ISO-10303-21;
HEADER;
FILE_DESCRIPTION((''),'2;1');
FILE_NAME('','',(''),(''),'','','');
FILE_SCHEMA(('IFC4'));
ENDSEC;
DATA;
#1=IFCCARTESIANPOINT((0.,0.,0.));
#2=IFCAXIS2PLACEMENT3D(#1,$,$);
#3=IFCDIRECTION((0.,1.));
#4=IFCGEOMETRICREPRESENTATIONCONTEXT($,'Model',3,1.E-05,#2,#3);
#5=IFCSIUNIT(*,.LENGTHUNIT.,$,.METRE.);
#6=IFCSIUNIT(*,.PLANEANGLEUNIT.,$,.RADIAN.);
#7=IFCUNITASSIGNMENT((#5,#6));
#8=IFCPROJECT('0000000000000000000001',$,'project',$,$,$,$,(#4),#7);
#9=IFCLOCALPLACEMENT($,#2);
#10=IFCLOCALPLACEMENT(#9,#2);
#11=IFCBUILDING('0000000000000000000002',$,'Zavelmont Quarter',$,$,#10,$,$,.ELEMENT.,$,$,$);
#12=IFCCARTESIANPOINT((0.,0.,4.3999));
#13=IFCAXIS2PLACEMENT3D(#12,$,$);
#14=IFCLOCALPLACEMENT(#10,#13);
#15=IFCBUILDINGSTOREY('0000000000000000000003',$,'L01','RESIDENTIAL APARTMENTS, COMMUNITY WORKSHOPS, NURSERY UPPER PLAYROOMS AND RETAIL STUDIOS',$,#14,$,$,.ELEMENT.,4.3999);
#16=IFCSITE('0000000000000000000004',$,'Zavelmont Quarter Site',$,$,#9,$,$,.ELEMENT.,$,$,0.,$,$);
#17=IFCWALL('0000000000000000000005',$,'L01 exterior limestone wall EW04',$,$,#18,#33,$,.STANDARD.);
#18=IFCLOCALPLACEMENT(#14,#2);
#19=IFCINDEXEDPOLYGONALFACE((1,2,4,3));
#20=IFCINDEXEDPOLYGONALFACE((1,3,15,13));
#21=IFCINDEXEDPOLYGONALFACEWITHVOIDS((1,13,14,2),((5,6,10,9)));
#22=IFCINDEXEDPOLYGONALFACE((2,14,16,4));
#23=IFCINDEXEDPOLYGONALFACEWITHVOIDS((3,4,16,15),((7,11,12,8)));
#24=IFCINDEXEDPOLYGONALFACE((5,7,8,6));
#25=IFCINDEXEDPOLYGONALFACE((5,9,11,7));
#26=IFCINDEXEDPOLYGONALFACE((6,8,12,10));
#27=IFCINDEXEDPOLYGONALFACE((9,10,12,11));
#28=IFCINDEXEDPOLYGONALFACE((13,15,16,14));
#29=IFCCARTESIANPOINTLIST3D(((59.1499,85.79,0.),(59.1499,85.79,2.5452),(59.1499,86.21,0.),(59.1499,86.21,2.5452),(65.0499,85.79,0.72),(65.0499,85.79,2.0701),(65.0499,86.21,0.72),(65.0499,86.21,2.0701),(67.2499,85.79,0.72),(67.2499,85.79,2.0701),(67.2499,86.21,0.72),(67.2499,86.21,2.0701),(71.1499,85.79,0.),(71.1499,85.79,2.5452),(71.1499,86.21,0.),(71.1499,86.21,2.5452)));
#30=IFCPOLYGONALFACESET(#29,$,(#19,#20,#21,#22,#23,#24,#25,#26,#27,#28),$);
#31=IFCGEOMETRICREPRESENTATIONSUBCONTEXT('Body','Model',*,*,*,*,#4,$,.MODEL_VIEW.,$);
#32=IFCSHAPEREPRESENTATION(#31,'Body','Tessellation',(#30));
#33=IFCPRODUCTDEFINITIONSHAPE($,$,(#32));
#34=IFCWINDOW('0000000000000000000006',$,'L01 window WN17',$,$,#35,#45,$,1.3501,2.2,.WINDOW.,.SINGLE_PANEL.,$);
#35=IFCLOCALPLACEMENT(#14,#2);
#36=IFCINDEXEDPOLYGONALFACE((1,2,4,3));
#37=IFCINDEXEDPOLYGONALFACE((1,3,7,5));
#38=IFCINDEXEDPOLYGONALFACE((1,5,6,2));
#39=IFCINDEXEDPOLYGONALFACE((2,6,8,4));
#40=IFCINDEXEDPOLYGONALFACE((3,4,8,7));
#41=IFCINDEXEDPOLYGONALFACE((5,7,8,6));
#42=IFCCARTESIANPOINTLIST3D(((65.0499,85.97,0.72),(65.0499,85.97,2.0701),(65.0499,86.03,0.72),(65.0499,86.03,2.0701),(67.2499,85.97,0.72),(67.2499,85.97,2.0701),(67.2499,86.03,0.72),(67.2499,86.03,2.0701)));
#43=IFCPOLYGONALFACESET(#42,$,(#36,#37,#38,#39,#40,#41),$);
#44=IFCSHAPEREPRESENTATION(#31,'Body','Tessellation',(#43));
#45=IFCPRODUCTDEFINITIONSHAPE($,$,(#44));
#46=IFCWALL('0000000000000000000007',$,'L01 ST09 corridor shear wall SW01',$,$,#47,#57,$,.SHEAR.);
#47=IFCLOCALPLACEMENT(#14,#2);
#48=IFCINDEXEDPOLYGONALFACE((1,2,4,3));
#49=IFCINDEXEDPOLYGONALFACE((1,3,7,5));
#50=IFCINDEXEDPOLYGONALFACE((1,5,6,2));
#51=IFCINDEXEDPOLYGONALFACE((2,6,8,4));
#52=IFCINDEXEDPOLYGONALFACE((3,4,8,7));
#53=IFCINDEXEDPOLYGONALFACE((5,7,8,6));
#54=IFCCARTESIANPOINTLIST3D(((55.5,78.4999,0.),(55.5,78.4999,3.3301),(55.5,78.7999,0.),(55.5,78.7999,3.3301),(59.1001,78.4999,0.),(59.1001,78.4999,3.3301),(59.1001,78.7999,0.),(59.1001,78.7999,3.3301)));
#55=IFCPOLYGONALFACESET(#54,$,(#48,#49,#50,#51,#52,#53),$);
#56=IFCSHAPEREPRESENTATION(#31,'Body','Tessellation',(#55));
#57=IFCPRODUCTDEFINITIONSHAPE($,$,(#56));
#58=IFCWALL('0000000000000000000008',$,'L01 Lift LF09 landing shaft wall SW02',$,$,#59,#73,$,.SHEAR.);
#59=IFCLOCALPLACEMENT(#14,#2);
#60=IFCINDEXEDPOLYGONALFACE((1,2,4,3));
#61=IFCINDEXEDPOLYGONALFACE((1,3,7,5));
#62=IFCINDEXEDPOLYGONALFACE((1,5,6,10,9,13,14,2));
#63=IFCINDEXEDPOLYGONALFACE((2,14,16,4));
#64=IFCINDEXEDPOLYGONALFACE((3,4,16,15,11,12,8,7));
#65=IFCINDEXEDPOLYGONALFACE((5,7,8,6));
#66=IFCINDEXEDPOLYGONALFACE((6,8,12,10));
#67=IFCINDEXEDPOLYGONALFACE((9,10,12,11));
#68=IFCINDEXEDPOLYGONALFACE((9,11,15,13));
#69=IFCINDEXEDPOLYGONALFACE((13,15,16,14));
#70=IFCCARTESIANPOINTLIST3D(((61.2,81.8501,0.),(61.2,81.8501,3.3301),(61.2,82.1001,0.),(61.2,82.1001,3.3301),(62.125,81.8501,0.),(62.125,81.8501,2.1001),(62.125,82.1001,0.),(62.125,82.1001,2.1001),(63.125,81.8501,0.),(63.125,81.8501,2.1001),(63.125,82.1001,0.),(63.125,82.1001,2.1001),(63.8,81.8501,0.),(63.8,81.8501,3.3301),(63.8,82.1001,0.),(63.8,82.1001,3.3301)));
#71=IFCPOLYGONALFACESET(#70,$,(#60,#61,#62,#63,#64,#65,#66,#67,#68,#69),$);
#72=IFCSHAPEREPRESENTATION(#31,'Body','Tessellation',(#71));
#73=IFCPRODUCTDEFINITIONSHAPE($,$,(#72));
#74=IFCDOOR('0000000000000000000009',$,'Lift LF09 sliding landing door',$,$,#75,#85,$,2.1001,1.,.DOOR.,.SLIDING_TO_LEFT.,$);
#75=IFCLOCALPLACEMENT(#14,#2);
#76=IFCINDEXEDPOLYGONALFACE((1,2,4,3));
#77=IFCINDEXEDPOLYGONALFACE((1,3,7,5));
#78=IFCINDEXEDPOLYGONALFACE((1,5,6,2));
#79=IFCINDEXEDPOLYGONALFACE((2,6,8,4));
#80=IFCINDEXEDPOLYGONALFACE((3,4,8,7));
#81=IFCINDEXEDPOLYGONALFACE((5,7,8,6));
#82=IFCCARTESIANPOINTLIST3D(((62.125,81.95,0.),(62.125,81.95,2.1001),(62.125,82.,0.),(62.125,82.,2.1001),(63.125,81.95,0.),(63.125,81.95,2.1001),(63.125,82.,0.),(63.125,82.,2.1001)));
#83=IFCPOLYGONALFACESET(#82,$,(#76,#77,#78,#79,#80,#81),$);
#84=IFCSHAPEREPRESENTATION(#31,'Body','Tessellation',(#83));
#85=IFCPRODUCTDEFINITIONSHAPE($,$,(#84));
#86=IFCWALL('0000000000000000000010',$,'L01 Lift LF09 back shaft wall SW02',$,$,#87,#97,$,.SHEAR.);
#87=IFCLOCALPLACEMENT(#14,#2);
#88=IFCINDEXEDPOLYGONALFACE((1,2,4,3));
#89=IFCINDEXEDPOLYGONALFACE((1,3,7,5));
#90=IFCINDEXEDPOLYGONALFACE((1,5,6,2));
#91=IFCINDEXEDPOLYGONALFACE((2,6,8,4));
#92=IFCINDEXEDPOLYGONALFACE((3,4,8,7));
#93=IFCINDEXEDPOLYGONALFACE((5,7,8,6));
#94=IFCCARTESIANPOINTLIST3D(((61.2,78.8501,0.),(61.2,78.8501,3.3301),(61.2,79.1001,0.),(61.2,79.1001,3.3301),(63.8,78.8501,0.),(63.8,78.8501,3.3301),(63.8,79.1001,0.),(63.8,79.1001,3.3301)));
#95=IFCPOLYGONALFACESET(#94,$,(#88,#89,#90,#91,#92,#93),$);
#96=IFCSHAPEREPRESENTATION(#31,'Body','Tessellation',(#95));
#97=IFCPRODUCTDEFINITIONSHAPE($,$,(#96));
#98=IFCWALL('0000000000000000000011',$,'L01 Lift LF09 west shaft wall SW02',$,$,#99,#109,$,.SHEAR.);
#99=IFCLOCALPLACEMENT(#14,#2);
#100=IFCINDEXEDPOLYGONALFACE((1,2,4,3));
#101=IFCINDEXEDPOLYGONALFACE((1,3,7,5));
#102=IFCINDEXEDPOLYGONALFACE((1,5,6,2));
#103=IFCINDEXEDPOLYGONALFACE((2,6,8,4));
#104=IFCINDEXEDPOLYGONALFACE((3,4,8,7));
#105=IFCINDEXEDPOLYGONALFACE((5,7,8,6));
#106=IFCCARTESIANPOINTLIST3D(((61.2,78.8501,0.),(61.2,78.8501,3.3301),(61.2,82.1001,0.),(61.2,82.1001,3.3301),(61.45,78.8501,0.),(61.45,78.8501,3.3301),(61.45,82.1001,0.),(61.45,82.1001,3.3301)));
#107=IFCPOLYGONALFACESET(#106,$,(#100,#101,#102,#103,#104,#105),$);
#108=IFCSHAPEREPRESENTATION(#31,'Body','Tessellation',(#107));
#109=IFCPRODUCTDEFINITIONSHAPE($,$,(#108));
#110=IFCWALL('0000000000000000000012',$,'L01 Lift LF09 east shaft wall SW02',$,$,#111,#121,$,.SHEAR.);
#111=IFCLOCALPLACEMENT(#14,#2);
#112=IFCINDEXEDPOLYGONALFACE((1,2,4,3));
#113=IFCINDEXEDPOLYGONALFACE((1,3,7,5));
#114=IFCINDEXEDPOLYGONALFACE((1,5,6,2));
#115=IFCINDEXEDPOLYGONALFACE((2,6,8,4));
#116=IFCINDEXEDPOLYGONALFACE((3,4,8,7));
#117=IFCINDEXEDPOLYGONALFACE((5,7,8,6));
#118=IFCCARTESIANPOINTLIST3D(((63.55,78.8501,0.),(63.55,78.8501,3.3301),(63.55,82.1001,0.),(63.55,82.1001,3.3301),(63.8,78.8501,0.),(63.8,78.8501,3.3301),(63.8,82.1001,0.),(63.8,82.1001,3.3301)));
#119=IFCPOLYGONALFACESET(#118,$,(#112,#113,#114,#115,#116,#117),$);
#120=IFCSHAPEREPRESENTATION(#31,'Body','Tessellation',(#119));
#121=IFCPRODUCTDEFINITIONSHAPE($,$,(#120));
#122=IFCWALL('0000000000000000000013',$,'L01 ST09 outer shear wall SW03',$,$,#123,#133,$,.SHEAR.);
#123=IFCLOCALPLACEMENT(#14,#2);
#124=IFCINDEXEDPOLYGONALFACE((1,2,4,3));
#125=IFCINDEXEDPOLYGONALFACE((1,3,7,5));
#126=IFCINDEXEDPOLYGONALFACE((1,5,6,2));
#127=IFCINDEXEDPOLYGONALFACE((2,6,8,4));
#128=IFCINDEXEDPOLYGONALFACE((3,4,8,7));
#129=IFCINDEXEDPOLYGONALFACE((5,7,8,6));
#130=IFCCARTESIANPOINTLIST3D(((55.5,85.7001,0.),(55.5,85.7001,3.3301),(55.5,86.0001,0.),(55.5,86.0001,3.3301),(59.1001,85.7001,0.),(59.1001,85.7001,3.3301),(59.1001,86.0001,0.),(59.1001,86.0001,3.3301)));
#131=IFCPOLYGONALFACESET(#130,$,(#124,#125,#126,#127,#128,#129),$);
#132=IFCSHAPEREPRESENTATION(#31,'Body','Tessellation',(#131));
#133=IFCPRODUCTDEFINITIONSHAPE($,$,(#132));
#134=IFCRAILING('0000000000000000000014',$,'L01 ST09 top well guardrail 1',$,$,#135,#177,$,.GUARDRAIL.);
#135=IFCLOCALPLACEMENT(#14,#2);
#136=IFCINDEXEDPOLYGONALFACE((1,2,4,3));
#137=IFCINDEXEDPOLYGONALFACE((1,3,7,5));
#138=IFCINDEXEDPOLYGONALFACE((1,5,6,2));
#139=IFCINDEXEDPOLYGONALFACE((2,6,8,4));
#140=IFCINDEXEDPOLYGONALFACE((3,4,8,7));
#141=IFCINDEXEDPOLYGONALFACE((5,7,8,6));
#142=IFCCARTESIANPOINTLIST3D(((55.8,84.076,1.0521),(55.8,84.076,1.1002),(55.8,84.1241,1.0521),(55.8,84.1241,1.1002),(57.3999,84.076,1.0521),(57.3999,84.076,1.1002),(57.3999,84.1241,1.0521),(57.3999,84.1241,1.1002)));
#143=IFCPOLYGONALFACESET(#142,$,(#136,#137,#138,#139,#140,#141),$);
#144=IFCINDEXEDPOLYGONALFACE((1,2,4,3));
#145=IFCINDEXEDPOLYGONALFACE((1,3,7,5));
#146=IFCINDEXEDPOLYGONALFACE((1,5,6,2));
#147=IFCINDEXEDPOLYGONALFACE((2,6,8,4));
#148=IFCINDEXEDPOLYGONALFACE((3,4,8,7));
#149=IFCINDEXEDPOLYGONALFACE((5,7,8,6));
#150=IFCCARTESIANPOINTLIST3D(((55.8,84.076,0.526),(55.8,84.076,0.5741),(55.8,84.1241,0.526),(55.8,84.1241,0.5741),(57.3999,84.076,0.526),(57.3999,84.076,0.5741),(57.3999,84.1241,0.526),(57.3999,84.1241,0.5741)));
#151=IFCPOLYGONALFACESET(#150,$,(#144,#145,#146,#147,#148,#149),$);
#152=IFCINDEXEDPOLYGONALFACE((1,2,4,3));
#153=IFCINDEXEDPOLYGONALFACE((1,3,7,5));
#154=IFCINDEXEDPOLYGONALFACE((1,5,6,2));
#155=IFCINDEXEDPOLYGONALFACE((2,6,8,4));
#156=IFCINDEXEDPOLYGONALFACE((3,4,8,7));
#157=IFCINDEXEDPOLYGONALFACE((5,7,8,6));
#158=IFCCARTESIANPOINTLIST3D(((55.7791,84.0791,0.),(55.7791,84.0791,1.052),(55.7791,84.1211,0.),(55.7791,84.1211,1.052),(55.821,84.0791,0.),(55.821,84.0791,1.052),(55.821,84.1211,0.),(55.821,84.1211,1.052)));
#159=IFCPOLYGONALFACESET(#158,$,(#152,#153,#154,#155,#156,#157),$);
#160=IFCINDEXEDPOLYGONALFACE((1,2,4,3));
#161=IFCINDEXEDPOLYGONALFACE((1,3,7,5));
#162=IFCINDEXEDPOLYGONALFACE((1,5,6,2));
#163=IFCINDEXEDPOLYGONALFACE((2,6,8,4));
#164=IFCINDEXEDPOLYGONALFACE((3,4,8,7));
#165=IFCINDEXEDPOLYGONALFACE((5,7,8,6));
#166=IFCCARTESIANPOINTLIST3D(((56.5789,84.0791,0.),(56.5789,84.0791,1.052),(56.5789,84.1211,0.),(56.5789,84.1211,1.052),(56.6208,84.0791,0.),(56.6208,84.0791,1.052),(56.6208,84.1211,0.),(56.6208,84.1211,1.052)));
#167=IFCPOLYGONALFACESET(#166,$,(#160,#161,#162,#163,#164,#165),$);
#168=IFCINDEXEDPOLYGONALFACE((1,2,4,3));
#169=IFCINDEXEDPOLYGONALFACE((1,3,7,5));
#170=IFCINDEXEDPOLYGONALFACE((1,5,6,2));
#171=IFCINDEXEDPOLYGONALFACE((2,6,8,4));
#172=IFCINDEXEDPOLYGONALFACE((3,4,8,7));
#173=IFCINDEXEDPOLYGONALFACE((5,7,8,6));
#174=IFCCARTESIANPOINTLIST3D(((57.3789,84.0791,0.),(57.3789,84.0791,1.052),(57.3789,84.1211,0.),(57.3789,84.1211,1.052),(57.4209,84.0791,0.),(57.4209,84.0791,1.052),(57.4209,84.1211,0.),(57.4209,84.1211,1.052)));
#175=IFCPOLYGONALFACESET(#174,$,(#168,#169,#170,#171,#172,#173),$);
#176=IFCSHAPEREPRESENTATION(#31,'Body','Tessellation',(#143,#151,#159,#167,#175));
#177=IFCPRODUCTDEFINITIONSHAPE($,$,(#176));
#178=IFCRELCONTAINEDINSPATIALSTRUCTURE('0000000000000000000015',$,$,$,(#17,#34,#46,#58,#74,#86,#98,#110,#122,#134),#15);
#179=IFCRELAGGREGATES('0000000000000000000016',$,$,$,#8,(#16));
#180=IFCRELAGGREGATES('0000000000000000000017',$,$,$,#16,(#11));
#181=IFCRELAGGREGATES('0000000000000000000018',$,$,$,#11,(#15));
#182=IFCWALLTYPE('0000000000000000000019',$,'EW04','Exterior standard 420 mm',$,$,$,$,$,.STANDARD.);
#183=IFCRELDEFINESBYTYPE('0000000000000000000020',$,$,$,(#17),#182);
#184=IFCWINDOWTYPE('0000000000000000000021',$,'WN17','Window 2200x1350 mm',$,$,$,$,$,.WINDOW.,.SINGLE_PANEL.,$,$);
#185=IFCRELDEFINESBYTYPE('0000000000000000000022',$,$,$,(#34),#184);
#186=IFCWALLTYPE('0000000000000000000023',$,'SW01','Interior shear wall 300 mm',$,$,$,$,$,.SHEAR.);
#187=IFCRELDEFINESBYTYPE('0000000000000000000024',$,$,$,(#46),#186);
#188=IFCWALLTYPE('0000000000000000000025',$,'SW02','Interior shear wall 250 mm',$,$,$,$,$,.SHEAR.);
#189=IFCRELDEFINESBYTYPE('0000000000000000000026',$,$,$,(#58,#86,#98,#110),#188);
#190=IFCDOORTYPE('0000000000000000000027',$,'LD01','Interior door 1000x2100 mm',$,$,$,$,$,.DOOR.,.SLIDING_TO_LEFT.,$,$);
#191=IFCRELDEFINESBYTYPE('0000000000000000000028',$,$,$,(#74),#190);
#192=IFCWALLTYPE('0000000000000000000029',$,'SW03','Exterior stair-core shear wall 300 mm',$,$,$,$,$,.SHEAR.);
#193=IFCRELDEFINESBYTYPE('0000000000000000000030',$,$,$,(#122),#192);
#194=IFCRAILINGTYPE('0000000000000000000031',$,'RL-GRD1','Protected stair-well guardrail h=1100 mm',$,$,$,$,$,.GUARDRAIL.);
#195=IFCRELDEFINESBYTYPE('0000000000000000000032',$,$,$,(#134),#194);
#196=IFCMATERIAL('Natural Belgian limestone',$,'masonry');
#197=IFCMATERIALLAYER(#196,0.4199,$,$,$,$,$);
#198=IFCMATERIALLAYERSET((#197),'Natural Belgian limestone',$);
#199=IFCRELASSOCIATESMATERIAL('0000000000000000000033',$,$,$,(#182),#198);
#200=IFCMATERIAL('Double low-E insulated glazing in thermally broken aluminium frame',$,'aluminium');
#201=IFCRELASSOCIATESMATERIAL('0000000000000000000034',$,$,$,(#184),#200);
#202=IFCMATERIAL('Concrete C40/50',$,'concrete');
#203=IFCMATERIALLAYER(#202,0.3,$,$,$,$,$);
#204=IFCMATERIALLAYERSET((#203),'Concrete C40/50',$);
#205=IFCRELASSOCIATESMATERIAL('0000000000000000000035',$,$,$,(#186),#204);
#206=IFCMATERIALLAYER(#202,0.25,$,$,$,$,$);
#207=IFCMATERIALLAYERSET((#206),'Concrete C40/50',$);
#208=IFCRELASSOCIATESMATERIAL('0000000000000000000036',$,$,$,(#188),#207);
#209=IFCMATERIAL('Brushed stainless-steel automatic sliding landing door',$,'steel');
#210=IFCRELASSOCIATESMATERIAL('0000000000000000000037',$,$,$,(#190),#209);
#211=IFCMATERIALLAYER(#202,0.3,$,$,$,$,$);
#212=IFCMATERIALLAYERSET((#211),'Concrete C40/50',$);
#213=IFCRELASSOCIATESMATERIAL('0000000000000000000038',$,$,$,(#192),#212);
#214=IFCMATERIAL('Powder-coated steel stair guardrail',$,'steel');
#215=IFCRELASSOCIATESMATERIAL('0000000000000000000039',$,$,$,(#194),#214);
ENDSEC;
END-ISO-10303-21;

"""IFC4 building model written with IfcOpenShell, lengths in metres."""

from ifc_helpers import new_model, si_unit, direction, frame, frame_2d, origin, origin_with_axes, origin_2d, place, context, subcontext, project, spatial, rectangle, extrude, material, layer, layer_set, type_object, element, fill, save


model = new_model("IFC4")

# Units and contexts
model_context = context("Model", 3, precision=1e-05, world=origin(), true_north=direction((0.0, 1.0)))
body_context = subcontext(model_context, "Body", "Model", "MODEL_VIEW")
ifc_project = project(units=[si_unit("LENGTHUNIT", "METRE"), si_unit("PLANEANGLEUNIT", "RADIAN")], contexts=[model_context])

# Site, building, storey
site_placement = place(None, origin())
site = spatial("IfcSite", under=ifc_project, at=site_placement, Name="Zavelmont Quarter Site", CompositionType="ELEMENT", RefElevation=0.0)
building_placement = place(site_placement, origin())
building = spatial("IfcBuilding", under=site, at=building_placement, Name="Zavelmont Quarter", CompositionType="ELEMENT")
storey_placement = place(building_placement, frame((0.0, 0.0, 4.3999)))
storey = spatial("IfcBuildingStorey", under=building, at=storey_placement, Name="L01", Description="RESIDENTIAL APARTMENTS, COMMUNITY WORKSHOPS, NURSERY UPPER PLAYROOMS AND RETAIL STUDIOS", CompositionType="ELEMENT", Elevation=4.3999)

# Shared definitions
ifc_material_1 = material(Name="Concrete C40/50", Category="concrete")

# Shared definitions
ifc_material_2 = material(Name="Natural Belgian limestone", Category="masonry")
ifc_material_3 = material(Name="Double low-E insulated glazing in thermally broken aluminium frame", Category="aluminium")

# Wall, opening, window
ifc_layer_1 = layer(ifc_material_2, 0.4199)
ifc_layer_set_1 = layer_set([ifc_layer_1], Name="Natural Belgian limestone")
wall_type_1 = type_object("IfcWallType", Name="EW04", Description="Exterior standard 420 mm", PredefinedType="STANDARD", material=ifc_layer_set_1)
wall_1_placement = place(storey_placement, frame((59.1499, 86.0, 0.0), z_axis=(0.0, 0.0, 1.0), x_axis=(1.0, 0.0, 0.0)))
wall_1 = element("IfcWall", 1, at=wall_1_placement, inside=storey, type_object=wall_type_1, Name="L01 exterior limestone wall EW04", PredefinedType="STANDARD", context=body_context, shape_type="SweptSolid", body=[
    extrude(rectangle(XDim=12.0, YDim=0.4199, at=frame_2d((6.0, 0.0))), origin(), (0.0, 0.0, 1.0), 2.5452),
])
opening_1_placement = place(wall_1_placement, frame((5.8999, 0.0, 0.72)))
opening_1 = element("IfcOpeningElement", 2, at=opening_1_placement, cuts=wall_1, PredefinedType="OPENING", context=body_context, shape_type="SweptSolid", body=[
    extrude(rectangle(XDim=2.2, YDim=1.3501, at=frame_2d((1.1001, 0.675))), frame((0.0, 0.2219, 0.0), z_axis=(0.0, -1.0, 0.0), x_axis=(1.0, 0.0, 0.0)), (0.0, 0.0, 1.0), 0.4438),
])
window_type_1 = type_object("IfcWindowType", Name="WN17", Description="Window 2200x1350 mm", PartitioningType="SINGLE_PANEL", PredefinedType="WINDOW", material=ifc_material_3)
window_1_placement = place(opening_1_placement, origin_with_axes())
window_1 = element("IfcWindow", 3, at=window_1_placement, inside=storey, type_object=window_type_1, Name="L01 window WN17", OverallHeight=1.3501, OverallWidth=2.2, PartitioningType="SINGLE_PANEL", PredefinedType="WINDOW", context=body_context, shape_type="SweptSolid", body=[
    extrude(rectangle(XDim=2.2, YDim=1.3501, at=frame_2d((1.1001, 0.675))), frame((0.0, 0.03, 0.0), z_axis=(0.0, -1.0, 0.0), x_axis=(1.0, 0.0, 0.0)), (0.0, 0.0, 1.0), 0.0601),
])
fill(opening_1, window_1)

# Wall
ifc_layer_2 = layer(ifc_material_1, 0.3)
ifc_layer_set_2 = layer_set([ifc_layer_2], Name="Concrete C40/50")
wall_type_2 = type_object("IfcWallType", Name="SW01", Description="Interior shear wall 300 mm", PredefinedType="SHEAR", material=ifc_layer_set_2)
wall_2_placement = place(storey_placement, frame((55.5, 78.6499, 0.0), z_axis=(0.0, 0.0, 1.0), x_axis=(1.0, 0.0, 0.0)))
element("IfcWall", 4, at=wall_2_placement, inside=storey, type_object=wall_type_2, Name="L01 ST09 corridor shear wall SW01", PredefinedType="SHEAR", context=body_context, shape_type="SweptSolid", body=[
    extrude(rectangle(XDim=3.6001, YDim=0.3, at=frame_2d((1.8, 0.0))), origin(), (0.0, 0.0, 1.0), 3.3301),
])

# Wall, opening, door
ifc_layer_3 = layer(ifc_material_1, 0.25)
ifc_layer_set_3 = layer_set([ifc_layer_3], Name="Concrete C40/50")
wall_type_3 = type_object("IfcWallType", Name="SW02", Description="Interior shear wall 250 mm", PredefinedType="SHEAR", material=ifc_layer_set_3)
wall_3_placement = place(storey_placement, frame((61.2, 81.9751, 0.0), z_axis=(0.0, 0.0, 1.0), x_axis=(1.0, 0.0, 0.0)))
wall_3 = element("IfcWall", 5, at=wall_3_placement, inside=storey, type_object=wall_type_3, Name="L01 Lift LF09 landing shaft wall SW02", PredefinedType="SHEAR", context=body_context, shape_type="SweptSolid", body=[
    extrude(rectangle(XDim=2.6001, YDim=0.25, at=frame_2d((1.3, 0.0))), origin(), (0.0, 0.0, 1.0), 3.3301),
])
opening_2_placement = place(wall_3_placement, frame((0.925, 0.0, 0.0)))
opening_2 = element("IfcOpeningElement", 6, at=opening_2_placement, cuts=wall_3, PredefinedType="OPENING", context=body_context, shape_type="SweptSolid", body=[
    extrude(rectangle(XDim=1.0, YDim=2.1001, at=frame_2d((0.5, 1.05))), frame((0.0, 0.137, 0.0), z_axis=(0.0, -1.0, 0.0), x_axis=(1.0, 0.0, 0.0)), (0.0, 0.0, 1.0), 0.2739),
])
ifc_material_4 = material(Name="Brushed stainless-steel automatic sliding landing door", Category="steel")
door_type_1 = type_object("IfcDoorType", Name="LD01", Description="Interior door 1000x2100 mm", OperationType="SLIDING_TO_LEFT", PredefinedType="DOOR", material=ifc_material_4)
door_1_placement = place(opening_2_placement, origin_with_axes())
door_1 = element("IfcDoor", 7, at=door_1_placement, inside=storey, type_object=door_type_1, Name="Lift LF09 sliding landing door", OperationType="SLIDING_TO_LEFT", OverallHeight=2.1001, OverallWidth=1.0, PredefinedType="DOOR", context=body_context, shape_type="SweptSolid", body=[
    extrude(rectangle(XDim=1.0, YDim=2.1001, at=frame_2d((0.5, 1.05))), frame((0.0, 0.0249, 0.0), z_axis=(0.0, -1.0, 0.0), x_axis=(1.0, 0.0, 0.0)), (0.0, 0.0, 1.0), 0.05),
])
fill(opening_2, door_1)

# Walls
wall_4_placement = place(storey_placement, frame((61.2, 78.9751, 0.0), z_axis=(0.0, 0.0, 1.0), x_axis=(1.0, 0.0, 0.0)))
element("IfcWall", 8, at=wall_4_placement, inside=storey, type_object=wall_type_3, Name="L01 Lift LF09 back shaft wall SW02", PredefinedType="SHEAR", context=body_context, shape_type="SweptSolid", body=[
    extrude(rectangle(XDim=2.6001, YDim=0.25, at=frame_2d((1.3, 0.0))), origin(), (0.0, 0.0, 1.0), 3.3301),
])
for number, where, z_axis, x_axis, name in (
    (9, (61.325, 78.8501, 0.0), (0.0, 0.0, 1.0), (0.0, 1.0, 0.0), "L01 Lift LF09 west shaft wall SW02"),
    (10, (63.675, 78.8501, 0.0), (0.0, 0.0, 1.0), (0.0, 1.0, 0.0), "L01 Lift LF09 east shaft wall SW02"),
):
    element("IfcWall", number, at=place(storey_placement, frame(where, z_axis=z_axis, x_axis=x_axis)), inside=storey, type_object=wall_type_3, Name=name, PredefinedType="SHEAR", context=body_context, shape_type="SweptSolid", body=[
        extrude(rectangle(XDim=3.25, YDim=0.25, at=frame_2d((1.625, 0.0))), origin(), (0.0, 0.0, 1.0), 3.3301),
    ])
ifc_layer_4 = layer(ifc_material_1, 0.3)
ifc_layer_set_4 = layer_set([ifc_layer_4], Name="Concrete C40/50")
wall_type_4 = type_object("IfcWallType", Name="SW03", Description="Exterior stair-core shear wall 300 mm", PredefinedType="SHEAR", material=ifc_layer_set_4)
wall_5_placement = place(storey_placement, frame((55.5, 85.8501, 0.0), z_axis=(0.0, 0.0, 1.0), x_axis=(1.0, 0.0, 0.0)))
element("IfcWall", 11, at=wall_5_placement, inside=storey, type_object=wall_type_4, Name="L01 ST09 outer shear wall SW03", PredefinedType="SHEAR", context=body_context, shape_type="SweptSolid", body=[
    extrude(rectangle(XDim=3.6001, YDim=0.3, at=frame_2d((1.8, 0.0))), origin(), (0.0, 0.0, 1.0), 3.3301),
])

# Railing
ifc_material_5 = material(Name="Powder-coated steel stair guardrail", Category="steel")
railing_type = type_object("IfcRailingType", Name="RL-GRD1", Description="Protected stair-well guardrail h=1100 mm", PredefinedType="GUARDRAIL", material=ifc_material_5)
railing_placement = place(storey_placement, frame((55.8, 84.1001, 0.0)))
element("IfcRailing", 12, at=railing_placement, inside=storey, type_object=railing_type, Name="L01 ST09 top well guardrail 1", PredefinedType="GUARDRAIL", context=body_context, shape_type="SweptSolid", body=[
    extrude(rectangle(XDim=0.0481, YDim=0.0481, at=origin_2d()), frame((0.0, 0.0, 1.0762), z_axis=(1.0, 0.0, 0.0), x_axis=(0.0, 1.0, 0.0)), (0.0, 0.0, 1.0), 1.5999),
    extrude(rectangle(XDim=0.0481, YDim=0.0481, at=origin_2d()), frame((0.0, 0.0, 0.55), z_axis=(1.0, 0.0, 0.0), x_axis=(0.0, 1.0, 0.0)), (0.0, 0.0, 1.0), 1.5999),
    extrude(rectangle(XDim=0.042, YDim=0.042, at=origin_2d()), origin(), (0.0, 0.0, 1.0), 1.052),
    extrude(rectangle(XDim=0.042, YDim=0.042, at=origin_2d()), frame((0.7998, 0.0, 0.0)), (0.0, 0.0, 1.0), 1.052),
    extrude(rectangle(XDim=0.042, YDim=0.042, at=origin_2d()), frame((1.5999, 0.0, 0.0)), (0.0, 0.0, 1.0), 1.052),
])

save(model, "model.ifc")
